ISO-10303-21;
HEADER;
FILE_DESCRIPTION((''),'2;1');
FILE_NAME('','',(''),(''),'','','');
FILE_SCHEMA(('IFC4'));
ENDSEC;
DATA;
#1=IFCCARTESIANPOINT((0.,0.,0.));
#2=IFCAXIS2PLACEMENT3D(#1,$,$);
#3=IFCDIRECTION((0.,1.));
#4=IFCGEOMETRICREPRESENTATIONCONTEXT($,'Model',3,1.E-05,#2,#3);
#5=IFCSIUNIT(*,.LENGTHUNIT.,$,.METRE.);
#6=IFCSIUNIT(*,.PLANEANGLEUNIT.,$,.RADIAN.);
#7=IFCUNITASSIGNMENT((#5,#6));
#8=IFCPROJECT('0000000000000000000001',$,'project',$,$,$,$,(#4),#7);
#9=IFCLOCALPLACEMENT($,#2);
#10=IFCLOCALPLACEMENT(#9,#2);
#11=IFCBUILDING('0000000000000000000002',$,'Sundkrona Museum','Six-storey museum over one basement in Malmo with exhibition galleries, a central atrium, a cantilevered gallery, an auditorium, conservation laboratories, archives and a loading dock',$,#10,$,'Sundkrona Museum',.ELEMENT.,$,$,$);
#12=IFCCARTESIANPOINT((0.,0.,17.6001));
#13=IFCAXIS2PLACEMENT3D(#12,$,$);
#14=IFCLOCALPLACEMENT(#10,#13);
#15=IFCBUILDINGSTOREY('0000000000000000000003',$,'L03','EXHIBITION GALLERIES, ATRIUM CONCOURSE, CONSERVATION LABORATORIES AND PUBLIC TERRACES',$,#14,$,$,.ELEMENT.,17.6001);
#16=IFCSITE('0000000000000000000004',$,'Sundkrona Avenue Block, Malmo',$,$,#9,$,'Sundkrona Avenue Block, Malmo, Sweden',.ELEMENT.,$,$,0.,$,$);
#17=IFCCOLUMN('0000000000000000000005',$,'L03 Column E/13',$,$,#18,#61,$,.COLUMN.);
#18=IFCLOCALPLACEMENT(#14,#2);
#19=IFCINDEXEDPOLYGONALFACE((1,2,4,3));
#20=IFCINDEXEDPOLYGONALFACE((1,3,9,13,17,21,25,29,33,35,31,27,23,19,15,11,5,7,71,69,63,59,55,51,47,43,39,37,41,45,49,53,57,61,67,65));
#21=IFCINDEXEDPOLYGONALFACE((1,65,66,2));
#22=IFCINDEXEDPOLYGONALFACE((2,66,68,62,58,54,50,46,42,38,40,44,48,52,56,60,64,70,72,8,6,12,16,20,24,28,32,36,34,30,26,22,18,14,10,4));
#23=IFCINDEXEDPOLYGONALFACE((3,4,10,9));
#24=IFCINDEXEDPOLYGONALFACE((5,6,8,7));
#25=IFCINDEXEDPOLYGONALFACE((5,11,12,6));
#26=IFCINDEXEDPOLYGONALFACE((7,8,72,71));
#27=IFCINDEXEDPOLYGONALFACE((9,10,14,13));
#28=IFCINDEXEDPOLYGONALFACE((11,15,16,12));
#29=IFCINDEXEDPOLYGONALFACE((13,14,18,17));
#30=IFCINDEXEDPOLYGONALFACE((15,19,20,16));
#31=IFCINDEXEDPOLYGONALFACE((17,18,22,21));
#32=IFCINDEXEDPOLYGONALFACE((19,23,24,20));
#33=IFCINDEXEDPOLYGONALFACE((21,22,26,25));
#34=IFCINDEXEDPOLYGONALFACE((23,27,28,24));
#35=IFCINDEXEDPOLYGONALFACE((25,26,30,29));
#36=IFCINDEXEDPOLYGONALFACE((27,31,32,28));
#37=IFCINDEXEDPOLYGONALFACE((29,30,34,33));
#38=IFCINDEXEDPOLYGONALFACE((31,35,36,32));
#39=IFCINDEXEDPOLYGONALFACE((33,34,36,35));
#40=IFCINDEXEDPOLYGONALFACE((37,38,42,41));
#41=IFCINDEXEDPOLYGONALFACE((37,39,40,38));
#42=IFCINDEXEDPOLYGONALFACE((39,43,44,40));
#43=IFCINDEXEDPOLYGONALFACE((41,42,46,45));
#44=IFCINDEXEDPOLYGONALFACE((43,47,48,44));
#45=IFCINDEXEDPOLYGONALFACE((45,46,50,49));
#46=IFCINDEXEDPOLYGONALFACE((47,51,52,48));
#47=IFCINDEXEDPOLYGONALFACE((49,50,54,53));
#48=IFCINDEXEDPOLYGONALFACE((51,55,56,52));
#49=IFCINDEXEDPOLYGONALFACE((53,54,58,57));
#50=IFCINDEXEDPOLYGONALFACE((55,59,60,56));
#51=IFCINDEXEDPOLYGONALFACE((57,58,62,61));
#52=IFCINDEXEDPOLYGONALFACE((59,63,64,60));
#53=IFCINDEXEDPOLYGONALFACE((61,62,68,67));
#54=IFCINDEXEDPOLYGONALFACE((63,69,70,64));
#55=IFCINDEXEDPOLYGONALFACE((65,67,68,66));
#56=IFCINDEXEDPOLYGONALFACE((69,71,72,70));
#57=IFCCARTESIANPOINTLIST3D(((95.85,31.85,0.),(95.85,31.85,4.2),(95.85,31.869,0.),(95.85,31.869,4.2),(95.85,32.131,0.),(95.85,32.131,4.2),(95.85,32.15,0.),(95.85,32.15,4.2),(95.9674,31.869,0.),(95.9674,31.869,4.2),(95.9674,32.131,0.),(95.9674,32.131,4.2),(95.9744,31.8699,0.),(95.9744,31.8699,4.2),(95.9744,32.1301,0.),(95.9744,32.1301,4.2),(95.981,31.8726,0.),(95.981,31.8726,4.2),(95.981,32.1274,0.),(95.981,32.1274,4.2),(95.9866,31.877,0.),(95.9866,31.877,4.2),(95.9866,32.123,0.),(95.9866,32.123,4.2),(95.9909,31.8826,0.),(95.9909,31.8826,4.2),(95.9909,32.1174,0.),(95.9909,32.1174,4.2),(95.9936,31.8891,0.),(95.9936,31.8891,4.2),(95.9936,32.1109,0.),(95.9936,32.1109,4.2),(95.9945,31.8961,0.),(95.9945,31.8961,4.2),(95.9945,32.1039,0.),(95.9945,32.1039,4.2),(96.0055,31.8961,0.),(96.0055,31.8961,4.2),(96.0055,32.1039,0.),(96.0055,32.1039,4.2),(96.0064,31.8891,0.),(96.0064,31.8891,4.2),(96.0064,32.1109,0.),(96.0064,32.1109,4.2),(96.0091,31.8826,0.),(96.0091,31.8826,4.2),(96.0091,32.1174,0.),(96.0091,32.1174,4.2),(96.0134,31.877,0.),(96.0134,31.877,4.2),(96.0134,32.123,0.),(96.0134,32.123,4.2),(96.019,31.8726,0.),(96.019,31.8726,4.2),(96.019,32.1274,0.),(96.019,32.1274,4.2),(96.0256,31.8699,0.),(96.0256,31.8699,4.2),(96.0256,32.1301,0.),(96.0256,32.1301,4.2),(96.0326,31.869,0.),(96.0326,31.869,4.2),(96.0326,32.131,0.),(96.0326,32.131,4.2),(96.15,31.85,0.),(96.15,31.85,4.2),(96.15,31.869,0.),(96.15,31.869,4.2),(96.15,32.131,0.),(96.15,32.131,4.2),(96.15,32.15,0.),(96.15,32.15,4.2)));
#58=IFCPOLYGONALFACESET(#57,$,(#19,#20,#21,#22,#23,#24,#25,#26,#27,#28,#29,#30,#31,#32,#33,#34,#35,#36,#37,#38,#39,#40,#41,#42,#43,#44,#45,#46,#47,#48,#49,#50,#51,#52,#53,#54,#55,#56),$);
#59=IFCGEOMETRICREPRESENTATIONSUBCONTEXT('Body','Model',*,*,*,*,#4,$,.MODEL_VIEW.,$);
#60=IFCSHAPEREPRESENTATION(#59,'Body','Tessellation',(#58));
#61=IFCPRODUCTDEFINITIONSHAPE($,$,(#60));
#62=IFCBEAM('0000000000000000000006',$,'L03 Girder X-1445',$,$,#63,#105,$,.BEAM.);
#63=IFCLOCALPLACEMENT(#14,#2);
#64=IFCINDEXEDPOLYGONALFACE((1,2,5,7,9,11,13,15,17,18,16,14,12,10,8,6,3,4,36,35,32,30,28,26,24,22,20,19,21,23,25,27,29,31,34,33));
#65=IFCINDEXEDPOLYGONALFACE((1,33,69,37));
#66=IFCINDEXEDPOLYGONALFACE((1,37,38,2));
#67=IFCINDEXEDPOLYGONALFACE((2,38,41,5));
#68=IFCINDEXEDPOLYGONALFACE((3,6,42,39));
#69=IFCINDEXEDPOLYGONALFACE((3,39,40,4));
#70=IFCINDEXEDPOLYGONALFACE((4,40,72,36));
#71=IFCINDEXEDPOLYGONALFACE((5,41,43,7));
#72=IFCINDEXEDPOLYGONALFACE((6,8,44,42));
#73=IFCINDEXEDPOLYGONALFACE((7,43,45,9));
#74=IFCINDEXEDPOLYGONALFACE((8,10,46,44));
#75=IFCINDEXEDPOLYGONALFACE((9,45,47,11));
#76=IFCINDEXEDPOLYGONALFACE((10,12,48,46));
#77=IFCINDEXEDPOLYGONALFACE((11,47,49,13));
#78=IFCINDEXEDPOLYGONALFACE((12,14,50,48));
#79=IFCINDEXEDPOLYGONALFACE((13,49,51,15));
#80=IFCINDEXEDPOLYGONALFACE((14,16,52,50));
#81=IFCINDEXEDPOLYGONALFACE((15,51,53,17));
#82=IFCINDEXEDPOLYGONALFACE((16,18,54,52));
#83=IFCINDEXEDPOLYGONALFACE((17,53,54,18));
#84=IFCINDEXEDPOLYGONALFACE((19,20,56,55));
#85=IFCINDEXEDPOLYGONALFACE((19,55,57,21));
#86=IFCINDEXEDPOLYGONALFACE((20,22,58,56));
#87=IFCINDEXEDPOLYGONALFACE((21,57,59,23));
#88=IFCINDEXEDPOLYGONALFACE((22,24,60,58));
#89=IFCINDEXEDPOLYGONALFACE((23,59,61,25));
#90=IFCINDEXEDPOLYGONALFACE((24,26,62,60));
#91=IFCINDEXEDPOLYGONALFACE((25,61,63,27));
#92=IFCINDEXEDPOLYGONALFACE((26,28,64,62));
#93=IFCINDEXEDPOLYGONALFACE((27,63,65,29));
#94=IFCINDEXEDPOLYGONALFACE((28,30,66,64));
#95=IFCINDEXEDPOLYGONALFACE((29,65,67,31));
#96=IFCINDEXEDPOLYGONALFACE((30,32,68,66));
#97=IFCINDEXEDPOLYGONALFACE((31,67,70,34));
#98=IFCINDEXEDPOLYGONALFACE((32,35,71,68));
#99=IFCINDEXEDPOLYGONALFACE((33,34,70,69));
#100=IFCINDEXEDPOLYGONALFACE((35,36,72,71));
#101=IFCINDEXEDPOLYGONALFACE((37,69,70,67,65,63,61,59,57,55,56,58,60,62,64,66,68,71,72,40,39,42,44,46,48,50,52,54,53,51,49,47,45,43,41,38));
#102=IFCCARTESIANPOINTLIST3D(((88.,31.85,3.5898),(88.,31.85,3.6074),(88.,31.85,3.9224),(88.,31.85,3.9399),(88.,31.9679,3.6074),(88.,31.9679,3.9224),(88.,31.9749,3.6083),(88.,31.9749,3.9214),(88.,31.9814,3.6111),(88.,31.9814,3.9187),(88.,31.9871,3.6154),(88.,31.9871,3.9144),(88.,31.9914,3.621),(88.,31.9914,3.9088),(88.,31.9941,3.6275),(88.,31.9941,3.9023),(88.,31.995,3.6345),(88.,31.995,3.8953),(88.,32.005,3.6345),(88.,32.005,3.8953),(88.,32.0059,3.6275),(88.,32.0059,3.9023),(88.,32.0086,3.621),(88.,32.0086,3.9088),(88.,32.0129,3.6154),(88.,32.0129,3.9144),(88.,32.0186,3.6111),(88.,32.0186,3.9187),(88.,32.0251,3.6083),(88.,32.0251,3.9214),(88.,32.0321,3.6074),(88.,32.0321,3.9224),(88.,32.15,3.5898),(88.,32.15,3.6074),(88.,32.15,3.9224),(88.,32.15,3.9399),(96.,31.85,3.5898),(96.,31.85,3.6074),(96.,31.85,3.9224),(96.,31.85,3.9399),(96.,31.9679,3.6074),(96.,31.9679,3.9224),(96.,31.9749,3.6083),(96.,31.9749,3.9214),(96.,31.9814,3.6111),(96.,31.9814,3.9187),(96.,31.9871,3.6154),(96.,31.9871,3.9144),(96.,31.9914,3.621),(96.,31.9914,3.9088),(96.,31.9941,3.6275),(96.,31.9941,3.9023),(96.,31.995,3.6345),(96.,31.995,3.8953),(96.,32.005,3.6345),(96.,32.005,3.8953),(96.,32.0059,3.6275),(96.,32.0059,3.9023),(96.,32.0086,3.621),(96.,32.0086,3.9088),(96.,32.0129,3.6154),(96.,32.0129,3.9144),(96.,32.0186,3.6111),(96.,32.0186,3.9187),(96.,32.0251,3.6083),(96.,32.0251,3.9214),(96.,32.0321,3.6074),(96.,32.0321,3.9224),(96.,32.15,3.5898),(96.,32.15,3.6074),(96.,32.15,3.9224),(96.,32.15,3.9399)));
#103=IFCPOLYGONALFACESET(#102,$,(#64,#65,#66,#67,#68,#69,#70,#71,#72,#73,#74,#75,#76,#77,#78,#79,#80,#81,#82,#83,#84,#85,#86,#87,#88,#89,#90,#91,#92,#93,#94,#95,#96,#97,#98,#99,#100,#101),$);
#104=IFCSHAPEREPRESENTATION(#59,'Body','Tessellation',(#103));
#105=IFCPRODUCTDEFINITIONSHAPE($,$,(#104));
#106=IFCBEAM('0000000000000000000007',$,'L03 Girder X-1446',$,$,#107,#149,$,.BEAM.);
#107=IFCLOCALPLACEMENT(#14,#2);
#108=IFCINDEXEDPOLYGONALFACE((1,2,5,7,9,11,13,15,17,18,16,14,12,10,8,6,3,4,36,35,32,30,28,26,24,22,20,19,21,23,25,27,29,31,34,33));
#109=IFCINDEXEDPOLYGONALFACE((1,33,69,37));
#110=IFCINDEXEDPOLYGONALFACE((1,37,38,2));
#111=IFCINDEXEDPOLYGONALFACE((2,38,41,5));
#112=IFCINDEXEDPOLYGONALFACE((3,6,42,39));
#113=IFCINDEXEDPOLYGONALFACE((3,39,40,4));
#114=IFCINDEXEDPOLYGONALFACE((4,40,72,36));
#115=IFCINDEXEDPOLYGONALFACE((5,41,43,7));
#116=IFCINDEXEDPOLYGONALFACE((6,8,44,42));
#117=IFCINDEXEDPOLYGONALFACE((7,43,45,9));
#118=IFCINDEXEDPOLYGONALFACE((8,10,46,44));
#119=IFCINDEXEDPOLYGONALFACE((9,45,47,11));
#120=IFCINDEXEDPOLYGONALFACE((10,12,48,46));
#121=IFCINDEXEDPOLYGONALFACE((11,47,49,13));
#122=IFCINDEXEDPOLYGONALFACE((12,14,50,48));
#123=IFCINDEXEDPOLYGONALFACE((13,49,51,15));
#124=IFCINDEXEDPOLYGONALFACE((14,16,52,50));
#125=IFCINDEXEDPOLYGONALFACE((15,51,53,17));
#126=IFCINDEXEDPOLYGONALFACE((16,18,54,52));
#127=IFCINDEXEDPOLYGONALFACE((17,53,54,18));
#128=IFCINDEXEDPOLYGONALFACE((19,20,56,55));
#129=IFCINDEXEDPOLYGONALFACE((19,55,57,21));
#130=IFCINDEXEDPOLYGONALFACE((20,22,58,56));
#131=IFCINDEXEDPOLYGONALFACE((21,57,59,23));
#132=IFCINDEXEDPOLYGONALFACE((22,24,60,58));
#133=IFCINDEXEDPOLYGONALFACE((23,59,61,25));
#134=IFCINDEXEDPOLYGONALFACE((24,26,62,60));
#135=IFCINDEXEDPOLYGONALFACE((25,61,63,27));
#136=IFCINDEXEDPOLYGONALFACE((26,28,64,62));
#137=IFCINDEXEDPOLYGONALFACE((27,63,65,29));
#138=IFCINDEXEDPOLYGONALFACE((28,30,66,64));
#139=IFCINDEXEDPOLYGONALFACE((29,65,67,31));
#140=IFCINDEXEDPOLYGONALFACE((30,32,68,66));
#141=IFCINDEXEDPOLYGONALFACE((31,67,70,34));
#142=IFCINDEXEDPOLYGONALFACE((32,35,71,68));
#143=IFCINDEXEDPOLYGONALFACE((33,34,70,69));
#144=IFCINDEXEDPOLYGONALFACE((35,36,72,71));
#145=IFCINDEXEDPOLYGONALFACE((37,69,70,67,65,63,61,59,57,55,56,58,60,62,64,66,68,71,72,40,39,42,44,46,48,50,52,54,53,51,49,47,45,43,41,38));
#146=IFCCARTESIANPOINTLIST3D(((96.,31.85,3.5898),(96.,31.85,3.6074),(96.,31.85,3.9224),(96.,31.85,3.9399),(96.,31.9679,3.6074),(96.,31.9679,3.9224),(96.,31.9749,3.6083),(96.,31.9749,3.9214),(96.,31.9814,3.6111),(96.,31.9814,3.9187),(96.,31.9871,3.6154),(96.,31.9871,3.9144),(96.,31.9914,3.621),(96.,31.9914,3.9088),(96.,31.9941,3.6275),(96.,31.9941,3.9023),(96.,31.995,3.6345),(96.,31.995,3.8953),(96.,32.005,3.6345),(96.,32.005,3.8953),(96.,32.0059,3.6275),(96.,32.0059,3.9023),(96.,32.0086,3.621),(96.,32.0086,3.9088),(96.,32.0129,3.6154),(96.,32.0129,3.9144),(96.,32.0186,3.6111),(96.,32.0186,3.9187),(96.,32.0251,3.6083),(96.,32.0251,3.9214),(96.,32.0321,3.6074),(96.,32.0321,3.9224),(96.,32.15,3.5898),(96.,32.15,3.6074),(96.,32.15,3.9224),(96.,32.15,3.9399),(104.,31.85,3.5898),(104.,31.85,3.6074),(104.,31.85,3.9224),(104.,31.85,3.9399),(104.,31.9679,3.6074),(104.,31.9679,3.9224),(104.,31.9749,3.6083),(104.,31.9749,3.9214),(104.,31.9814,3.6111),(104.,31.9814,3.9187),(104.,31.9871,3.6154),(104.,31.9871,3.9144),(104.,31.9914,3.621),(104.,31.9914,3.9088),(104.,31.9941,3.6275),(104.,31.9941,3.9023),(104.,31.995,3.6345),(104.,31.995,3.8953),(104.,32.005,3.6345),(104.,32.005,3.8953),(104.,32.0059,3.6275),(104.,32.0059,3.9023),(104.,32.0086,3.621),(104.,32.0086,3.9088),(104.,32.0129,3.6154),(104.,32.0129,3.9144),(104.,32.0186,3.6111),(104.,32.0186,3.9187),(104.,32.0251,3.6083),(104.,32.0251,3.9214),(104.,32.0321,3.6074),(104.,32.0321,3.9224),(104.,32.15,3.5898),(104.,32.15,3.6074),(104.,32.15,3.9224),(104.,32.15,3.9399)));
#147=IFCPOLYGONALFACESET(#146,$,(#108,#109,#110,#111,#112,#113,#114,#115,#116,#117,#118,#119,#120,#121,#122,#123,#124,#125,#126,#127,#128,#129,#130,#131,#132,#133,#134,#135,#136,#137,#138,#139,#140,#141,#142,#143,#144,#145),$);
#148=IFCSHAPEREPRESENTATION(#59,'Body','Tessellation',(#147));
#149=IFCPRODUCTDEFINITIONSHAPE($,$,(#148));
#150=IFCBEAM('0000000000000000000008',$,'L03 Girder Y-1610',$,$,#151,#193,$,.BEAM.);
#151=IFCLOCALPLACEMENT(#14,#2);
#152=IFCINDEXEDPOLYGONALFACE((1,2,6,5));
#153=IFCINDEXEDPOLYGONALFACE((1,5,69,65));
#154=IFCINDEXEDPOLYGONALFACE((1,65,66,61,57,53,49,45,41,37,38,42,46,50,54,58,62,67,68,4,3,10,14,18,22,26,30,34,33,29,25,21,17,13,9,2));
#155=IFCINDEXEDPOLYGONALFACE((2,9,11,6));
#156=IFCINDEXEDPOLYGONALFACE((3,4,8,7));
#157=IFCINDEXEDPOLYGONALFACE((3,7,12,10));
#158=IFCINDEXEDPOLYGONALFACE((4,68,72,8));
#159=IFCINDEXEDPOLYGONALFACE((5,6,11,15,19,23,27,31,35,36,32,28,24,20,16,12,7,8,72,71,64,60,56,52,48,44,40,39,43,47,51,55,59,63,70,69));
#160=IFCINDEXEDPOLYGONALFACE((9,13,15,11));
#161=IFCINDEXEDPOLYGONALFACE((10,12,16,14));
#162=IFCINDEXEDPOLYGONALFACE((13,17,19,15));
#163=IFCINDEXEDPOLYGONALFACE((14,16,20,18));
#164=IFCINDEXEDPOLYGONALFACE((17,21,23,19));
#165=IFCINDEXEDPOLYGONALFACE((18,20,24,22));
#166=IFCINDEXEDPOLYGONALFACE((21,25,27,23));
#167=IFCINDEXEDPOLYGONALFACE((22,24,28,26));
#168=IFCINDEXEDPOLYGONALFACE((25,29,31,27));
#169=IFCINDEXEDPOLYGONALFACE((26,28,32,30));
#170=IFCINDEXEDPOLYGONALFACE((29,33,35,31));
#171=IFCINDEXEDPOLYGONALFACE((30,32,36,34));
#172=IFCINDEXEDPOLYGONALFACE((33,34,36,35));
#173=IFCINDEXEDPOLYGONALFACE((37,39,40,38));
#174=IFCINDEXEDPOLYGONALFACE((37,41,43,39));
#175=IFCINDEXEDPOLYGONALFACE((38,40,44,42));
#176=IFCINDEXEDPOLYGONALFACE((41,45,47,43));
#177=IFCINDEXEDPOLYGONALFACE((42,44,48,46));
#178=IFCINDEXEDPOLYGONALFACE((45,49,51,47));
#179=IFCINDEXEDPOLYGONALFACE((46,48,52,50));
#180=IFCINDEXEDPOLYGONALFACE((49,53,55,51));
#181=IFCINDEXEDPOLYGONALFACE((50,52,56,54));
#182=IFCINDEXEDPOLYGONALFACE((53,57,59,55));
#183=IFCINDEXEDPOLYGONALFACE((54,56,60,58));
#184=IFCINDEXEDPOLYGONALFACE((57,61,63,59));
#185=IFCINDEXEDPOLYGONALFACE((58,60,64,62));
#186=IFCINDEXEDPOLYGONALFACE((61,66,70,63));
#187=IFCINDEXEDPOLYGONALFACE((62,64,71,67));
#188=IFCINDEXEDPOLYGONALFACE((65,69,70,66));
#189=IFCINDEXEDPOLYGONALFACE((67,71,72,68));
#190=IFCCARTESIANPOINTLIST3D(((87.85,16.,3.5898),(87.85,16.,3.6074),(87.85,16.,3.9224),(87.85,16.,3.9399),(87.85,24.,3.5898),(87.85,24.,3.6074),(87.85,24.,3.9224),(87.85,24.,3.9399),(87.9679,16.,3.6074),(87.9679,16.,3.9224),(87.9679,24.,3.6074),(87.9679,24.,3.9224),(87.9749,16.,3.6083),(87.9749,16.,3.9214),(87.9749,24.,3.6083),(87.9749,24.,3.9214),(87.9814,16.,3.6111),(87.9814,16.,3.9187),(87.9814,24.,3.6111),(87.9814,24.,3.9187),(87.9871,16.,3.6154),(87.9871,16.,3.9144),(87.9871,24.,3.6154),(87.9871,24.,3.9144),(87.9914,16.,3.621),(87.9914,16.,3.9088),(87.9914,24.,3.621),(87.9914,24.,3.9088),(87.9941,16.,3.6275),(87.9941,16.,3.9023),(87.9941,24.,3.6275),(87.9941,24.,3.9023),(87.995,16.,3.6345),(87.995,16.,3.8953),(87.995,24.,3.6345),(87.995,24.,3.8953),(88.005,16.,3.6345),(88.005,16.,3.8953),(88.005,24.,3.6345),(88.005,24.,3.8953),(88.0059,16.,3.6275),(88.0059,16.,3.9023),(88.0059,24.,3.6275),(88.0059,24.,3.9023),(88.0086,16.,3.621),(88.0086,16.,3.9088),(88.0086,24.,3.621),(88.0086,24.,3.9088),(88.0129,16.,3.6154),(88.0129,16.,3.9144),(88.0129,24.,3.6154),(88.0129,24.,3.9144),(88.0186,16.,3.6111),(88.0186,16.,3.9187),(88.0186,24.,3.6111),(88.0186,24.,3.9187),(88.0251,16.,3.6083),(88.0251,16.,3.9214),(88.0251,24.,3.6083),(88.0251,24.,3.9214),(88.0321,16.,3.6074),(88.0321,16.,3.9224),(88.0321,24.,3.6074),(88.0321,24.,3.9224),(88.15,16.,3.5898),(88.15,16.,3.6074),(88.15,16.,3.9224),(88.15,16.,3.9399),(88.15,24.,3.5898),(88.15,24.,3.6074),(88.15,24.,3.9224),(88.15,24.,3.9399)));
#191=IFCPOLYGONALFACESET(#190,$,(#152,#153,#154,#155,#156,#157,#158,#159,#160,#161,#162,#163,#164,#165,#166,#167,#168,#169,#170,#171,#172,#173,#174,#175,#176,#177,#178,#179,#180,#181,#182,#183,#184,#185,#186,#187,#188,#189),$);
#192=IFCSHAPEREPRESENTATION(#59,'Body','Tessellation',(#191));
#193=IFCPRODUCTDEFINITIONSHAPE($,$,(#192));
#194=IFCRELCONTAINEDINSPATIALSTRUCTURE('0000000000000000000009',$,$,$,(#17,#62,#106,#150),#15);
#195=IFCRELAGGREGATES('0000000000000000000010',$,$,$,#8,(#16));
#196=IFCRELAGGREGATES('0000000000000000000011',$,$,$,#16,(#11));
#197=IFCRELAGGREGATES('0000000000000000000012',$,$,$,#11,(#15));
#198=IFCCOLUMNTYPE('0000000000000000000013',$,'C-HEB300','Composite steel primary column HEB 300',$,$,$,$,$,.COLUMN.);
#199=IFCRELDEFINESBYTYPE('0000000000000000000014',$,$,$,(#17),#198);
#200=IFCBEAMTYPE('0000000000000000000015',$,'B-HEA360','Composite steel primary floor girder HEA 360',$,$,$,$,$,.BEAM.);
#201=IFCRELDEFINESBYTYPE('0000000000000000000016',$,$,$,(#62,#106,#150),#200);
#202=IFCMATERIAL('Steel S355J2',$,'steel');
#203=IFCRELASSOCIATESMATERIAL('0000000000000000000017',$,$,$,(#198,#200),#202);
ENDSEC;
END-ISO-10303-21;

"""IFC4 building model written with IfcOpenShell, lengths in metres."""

from ifc_helpers import new_model, si_unit, direction, frame, origin, origin_2d, place, context, subcontext, project, spatial, i_section, extrude, material, material_profile, profile_set, type_object, element, save


model = new_model("IFC4")

# Units and contexts
model_context = context("Model", 3, precision=1e-05, world=origin(), true_north=direction((0.0, 1.0)))
body_context = subcontext(model_context, "Body", "Model", "MODEL_VIEW")
ifc_project = project(units=[si_unit("LENGTHUNIT", "METRE"), si_unit("PLANEANGLEUNIT", "RADIAN")], contexts=[model_context])

# Site, building, storey
site_placement = place(None, origin())
site = spatial("IfcSite", under=ifc_project, at=site_placement, Name="Sundkrona Avenue Block, Malmo", LongName="Sundkrona Avenue Block, Malmo, Sweden", CompositionType="ELEMENT", RefElevation=0.0)
building_placement = place(site_placement, origin())
building = spatial("IfcBuilding", under=site, at=building_placement, Name="Sundkrona Museum", Description="Six-storey museum over one basement in Malmo with exhibition galleries, a central atrium, a cantilevered gallery, an auditorium, conservation laboratories, archives and a loading dock", LongName="Sundkrona Museum", CompositionType="ELEMENT")
storey_placement = place(building_placement, frame((0.0, 0.0, 17.6001)))
storey = spatial("IfcBuildingStorey", under=building, at=storey_placement, Name="L03", Description="EXHIBITION GALLERIES, ATRIUM CONCOURSE, CONSERVATION LABORATORIES AND PUBLIC TERRACES", CompositionType="ELEMENT", Elevation=17.6001)

# Column
ifc_material_1 = material(Name="Steel S355J2", Category="steel")
ifc_material_profile_1 = material_profile(ifc_material_1, i_section(OverallWidth=0.3, OverallDepth=0.3, WebThickness=0.011, FlangeThickness=0.019, FilletRadius=0.0271, at=origin_2d()), Name="HEB 300")
ifc_profile_set_1 = profile_set([ifc_material_profile_1], Name="Steel S355J2")
column_type_1 = type_object("IfcColumnType", Name="C-HEB300", Description="Composite steel primary column HEB 300", PredefinedType="COLUMN", material=ifc_profile_set_1)
for number, where, z_axis, x_axis, name in (
    (1, (96.0, 32.0, 0.0), (0.0, 0.0, 1.0), (1.0, 0.0, 0.0), "L03 Column E/13"),
):
    element("IfcColumn", number, at=place(storey_placement, frame(where, z_axis=z_axis, x_axis=x_axis)), inside=storey, type_object=column_type_1, Name=name, PredefinedType="COLUMN", context=body_context, shape_type="SweptSolid", body=[
        extrude(i_section(OverallWidth=0.3, OverallDepth=0.3, WebThickness=0.011, FlangeThickness=0.019, FilletRadius=0.0271, at=origin_2d()), origin(), (0.0, 0.0, 1.0), 4.2),
    ])

# Beams
ifc_material_profile_2 = material_profile(ifc_material_1, i_section(OverallWidth=0.3, OverallDepth=0.3501, WebThickness=0.01, FlangeThickness=0.0176, FilletRadius=0.0271, at=origin_2d()), Name="HEA 360")
ifc_profile_set_2 = profile_set([ifc_material_profile_2], Name="Steel S355J2")
beam_type_1 = type_object("IfcBeamType", Name="B-HEA360", Description="Composite steel primary floor girder HEA 360", PredefinedType="BEAM", material=ifc_profile_set_2)
for number, where, z_axis, x_axis, name in (
    (2, (88.0, 32.0, 3.7649), (1.0, 0.0, 0.0), (0.0, 1.0, 0.0), "L03 Girder X-1445"),
    (3, (96.0, 32.0, 3.7649), (1.0, 0.0, 0.0), (0.0, 1.0, 0.0), "L03 Girder X-1446"),
    (4, (88.0, 16.0, 3.7649), (0.0, 1.0, 0.0), (-1.0, 0.0, 0.0), "L03 Girder Y-1610"),
):
    element("IfcBeam", number, at=place(storey_placement, frame(where, z_axis=z_axis, x_axis=x_axis)), inside=storey, type_object=beam_type_1, Name=name, PredefinedType="BEAM", context=body_context, shape_type="SweptSolid", body=[
        extrude(i_section(OverallWidth=0.3, OverallDepth=0.3501, WebThickness=0.01, FlangeThickness=0.0176, FilletRadius=0.0271, at=origin_2d()), origin(), (0.0, 0.0, 1.0), 8.0),
    ])

save(model, "model.ifc")
